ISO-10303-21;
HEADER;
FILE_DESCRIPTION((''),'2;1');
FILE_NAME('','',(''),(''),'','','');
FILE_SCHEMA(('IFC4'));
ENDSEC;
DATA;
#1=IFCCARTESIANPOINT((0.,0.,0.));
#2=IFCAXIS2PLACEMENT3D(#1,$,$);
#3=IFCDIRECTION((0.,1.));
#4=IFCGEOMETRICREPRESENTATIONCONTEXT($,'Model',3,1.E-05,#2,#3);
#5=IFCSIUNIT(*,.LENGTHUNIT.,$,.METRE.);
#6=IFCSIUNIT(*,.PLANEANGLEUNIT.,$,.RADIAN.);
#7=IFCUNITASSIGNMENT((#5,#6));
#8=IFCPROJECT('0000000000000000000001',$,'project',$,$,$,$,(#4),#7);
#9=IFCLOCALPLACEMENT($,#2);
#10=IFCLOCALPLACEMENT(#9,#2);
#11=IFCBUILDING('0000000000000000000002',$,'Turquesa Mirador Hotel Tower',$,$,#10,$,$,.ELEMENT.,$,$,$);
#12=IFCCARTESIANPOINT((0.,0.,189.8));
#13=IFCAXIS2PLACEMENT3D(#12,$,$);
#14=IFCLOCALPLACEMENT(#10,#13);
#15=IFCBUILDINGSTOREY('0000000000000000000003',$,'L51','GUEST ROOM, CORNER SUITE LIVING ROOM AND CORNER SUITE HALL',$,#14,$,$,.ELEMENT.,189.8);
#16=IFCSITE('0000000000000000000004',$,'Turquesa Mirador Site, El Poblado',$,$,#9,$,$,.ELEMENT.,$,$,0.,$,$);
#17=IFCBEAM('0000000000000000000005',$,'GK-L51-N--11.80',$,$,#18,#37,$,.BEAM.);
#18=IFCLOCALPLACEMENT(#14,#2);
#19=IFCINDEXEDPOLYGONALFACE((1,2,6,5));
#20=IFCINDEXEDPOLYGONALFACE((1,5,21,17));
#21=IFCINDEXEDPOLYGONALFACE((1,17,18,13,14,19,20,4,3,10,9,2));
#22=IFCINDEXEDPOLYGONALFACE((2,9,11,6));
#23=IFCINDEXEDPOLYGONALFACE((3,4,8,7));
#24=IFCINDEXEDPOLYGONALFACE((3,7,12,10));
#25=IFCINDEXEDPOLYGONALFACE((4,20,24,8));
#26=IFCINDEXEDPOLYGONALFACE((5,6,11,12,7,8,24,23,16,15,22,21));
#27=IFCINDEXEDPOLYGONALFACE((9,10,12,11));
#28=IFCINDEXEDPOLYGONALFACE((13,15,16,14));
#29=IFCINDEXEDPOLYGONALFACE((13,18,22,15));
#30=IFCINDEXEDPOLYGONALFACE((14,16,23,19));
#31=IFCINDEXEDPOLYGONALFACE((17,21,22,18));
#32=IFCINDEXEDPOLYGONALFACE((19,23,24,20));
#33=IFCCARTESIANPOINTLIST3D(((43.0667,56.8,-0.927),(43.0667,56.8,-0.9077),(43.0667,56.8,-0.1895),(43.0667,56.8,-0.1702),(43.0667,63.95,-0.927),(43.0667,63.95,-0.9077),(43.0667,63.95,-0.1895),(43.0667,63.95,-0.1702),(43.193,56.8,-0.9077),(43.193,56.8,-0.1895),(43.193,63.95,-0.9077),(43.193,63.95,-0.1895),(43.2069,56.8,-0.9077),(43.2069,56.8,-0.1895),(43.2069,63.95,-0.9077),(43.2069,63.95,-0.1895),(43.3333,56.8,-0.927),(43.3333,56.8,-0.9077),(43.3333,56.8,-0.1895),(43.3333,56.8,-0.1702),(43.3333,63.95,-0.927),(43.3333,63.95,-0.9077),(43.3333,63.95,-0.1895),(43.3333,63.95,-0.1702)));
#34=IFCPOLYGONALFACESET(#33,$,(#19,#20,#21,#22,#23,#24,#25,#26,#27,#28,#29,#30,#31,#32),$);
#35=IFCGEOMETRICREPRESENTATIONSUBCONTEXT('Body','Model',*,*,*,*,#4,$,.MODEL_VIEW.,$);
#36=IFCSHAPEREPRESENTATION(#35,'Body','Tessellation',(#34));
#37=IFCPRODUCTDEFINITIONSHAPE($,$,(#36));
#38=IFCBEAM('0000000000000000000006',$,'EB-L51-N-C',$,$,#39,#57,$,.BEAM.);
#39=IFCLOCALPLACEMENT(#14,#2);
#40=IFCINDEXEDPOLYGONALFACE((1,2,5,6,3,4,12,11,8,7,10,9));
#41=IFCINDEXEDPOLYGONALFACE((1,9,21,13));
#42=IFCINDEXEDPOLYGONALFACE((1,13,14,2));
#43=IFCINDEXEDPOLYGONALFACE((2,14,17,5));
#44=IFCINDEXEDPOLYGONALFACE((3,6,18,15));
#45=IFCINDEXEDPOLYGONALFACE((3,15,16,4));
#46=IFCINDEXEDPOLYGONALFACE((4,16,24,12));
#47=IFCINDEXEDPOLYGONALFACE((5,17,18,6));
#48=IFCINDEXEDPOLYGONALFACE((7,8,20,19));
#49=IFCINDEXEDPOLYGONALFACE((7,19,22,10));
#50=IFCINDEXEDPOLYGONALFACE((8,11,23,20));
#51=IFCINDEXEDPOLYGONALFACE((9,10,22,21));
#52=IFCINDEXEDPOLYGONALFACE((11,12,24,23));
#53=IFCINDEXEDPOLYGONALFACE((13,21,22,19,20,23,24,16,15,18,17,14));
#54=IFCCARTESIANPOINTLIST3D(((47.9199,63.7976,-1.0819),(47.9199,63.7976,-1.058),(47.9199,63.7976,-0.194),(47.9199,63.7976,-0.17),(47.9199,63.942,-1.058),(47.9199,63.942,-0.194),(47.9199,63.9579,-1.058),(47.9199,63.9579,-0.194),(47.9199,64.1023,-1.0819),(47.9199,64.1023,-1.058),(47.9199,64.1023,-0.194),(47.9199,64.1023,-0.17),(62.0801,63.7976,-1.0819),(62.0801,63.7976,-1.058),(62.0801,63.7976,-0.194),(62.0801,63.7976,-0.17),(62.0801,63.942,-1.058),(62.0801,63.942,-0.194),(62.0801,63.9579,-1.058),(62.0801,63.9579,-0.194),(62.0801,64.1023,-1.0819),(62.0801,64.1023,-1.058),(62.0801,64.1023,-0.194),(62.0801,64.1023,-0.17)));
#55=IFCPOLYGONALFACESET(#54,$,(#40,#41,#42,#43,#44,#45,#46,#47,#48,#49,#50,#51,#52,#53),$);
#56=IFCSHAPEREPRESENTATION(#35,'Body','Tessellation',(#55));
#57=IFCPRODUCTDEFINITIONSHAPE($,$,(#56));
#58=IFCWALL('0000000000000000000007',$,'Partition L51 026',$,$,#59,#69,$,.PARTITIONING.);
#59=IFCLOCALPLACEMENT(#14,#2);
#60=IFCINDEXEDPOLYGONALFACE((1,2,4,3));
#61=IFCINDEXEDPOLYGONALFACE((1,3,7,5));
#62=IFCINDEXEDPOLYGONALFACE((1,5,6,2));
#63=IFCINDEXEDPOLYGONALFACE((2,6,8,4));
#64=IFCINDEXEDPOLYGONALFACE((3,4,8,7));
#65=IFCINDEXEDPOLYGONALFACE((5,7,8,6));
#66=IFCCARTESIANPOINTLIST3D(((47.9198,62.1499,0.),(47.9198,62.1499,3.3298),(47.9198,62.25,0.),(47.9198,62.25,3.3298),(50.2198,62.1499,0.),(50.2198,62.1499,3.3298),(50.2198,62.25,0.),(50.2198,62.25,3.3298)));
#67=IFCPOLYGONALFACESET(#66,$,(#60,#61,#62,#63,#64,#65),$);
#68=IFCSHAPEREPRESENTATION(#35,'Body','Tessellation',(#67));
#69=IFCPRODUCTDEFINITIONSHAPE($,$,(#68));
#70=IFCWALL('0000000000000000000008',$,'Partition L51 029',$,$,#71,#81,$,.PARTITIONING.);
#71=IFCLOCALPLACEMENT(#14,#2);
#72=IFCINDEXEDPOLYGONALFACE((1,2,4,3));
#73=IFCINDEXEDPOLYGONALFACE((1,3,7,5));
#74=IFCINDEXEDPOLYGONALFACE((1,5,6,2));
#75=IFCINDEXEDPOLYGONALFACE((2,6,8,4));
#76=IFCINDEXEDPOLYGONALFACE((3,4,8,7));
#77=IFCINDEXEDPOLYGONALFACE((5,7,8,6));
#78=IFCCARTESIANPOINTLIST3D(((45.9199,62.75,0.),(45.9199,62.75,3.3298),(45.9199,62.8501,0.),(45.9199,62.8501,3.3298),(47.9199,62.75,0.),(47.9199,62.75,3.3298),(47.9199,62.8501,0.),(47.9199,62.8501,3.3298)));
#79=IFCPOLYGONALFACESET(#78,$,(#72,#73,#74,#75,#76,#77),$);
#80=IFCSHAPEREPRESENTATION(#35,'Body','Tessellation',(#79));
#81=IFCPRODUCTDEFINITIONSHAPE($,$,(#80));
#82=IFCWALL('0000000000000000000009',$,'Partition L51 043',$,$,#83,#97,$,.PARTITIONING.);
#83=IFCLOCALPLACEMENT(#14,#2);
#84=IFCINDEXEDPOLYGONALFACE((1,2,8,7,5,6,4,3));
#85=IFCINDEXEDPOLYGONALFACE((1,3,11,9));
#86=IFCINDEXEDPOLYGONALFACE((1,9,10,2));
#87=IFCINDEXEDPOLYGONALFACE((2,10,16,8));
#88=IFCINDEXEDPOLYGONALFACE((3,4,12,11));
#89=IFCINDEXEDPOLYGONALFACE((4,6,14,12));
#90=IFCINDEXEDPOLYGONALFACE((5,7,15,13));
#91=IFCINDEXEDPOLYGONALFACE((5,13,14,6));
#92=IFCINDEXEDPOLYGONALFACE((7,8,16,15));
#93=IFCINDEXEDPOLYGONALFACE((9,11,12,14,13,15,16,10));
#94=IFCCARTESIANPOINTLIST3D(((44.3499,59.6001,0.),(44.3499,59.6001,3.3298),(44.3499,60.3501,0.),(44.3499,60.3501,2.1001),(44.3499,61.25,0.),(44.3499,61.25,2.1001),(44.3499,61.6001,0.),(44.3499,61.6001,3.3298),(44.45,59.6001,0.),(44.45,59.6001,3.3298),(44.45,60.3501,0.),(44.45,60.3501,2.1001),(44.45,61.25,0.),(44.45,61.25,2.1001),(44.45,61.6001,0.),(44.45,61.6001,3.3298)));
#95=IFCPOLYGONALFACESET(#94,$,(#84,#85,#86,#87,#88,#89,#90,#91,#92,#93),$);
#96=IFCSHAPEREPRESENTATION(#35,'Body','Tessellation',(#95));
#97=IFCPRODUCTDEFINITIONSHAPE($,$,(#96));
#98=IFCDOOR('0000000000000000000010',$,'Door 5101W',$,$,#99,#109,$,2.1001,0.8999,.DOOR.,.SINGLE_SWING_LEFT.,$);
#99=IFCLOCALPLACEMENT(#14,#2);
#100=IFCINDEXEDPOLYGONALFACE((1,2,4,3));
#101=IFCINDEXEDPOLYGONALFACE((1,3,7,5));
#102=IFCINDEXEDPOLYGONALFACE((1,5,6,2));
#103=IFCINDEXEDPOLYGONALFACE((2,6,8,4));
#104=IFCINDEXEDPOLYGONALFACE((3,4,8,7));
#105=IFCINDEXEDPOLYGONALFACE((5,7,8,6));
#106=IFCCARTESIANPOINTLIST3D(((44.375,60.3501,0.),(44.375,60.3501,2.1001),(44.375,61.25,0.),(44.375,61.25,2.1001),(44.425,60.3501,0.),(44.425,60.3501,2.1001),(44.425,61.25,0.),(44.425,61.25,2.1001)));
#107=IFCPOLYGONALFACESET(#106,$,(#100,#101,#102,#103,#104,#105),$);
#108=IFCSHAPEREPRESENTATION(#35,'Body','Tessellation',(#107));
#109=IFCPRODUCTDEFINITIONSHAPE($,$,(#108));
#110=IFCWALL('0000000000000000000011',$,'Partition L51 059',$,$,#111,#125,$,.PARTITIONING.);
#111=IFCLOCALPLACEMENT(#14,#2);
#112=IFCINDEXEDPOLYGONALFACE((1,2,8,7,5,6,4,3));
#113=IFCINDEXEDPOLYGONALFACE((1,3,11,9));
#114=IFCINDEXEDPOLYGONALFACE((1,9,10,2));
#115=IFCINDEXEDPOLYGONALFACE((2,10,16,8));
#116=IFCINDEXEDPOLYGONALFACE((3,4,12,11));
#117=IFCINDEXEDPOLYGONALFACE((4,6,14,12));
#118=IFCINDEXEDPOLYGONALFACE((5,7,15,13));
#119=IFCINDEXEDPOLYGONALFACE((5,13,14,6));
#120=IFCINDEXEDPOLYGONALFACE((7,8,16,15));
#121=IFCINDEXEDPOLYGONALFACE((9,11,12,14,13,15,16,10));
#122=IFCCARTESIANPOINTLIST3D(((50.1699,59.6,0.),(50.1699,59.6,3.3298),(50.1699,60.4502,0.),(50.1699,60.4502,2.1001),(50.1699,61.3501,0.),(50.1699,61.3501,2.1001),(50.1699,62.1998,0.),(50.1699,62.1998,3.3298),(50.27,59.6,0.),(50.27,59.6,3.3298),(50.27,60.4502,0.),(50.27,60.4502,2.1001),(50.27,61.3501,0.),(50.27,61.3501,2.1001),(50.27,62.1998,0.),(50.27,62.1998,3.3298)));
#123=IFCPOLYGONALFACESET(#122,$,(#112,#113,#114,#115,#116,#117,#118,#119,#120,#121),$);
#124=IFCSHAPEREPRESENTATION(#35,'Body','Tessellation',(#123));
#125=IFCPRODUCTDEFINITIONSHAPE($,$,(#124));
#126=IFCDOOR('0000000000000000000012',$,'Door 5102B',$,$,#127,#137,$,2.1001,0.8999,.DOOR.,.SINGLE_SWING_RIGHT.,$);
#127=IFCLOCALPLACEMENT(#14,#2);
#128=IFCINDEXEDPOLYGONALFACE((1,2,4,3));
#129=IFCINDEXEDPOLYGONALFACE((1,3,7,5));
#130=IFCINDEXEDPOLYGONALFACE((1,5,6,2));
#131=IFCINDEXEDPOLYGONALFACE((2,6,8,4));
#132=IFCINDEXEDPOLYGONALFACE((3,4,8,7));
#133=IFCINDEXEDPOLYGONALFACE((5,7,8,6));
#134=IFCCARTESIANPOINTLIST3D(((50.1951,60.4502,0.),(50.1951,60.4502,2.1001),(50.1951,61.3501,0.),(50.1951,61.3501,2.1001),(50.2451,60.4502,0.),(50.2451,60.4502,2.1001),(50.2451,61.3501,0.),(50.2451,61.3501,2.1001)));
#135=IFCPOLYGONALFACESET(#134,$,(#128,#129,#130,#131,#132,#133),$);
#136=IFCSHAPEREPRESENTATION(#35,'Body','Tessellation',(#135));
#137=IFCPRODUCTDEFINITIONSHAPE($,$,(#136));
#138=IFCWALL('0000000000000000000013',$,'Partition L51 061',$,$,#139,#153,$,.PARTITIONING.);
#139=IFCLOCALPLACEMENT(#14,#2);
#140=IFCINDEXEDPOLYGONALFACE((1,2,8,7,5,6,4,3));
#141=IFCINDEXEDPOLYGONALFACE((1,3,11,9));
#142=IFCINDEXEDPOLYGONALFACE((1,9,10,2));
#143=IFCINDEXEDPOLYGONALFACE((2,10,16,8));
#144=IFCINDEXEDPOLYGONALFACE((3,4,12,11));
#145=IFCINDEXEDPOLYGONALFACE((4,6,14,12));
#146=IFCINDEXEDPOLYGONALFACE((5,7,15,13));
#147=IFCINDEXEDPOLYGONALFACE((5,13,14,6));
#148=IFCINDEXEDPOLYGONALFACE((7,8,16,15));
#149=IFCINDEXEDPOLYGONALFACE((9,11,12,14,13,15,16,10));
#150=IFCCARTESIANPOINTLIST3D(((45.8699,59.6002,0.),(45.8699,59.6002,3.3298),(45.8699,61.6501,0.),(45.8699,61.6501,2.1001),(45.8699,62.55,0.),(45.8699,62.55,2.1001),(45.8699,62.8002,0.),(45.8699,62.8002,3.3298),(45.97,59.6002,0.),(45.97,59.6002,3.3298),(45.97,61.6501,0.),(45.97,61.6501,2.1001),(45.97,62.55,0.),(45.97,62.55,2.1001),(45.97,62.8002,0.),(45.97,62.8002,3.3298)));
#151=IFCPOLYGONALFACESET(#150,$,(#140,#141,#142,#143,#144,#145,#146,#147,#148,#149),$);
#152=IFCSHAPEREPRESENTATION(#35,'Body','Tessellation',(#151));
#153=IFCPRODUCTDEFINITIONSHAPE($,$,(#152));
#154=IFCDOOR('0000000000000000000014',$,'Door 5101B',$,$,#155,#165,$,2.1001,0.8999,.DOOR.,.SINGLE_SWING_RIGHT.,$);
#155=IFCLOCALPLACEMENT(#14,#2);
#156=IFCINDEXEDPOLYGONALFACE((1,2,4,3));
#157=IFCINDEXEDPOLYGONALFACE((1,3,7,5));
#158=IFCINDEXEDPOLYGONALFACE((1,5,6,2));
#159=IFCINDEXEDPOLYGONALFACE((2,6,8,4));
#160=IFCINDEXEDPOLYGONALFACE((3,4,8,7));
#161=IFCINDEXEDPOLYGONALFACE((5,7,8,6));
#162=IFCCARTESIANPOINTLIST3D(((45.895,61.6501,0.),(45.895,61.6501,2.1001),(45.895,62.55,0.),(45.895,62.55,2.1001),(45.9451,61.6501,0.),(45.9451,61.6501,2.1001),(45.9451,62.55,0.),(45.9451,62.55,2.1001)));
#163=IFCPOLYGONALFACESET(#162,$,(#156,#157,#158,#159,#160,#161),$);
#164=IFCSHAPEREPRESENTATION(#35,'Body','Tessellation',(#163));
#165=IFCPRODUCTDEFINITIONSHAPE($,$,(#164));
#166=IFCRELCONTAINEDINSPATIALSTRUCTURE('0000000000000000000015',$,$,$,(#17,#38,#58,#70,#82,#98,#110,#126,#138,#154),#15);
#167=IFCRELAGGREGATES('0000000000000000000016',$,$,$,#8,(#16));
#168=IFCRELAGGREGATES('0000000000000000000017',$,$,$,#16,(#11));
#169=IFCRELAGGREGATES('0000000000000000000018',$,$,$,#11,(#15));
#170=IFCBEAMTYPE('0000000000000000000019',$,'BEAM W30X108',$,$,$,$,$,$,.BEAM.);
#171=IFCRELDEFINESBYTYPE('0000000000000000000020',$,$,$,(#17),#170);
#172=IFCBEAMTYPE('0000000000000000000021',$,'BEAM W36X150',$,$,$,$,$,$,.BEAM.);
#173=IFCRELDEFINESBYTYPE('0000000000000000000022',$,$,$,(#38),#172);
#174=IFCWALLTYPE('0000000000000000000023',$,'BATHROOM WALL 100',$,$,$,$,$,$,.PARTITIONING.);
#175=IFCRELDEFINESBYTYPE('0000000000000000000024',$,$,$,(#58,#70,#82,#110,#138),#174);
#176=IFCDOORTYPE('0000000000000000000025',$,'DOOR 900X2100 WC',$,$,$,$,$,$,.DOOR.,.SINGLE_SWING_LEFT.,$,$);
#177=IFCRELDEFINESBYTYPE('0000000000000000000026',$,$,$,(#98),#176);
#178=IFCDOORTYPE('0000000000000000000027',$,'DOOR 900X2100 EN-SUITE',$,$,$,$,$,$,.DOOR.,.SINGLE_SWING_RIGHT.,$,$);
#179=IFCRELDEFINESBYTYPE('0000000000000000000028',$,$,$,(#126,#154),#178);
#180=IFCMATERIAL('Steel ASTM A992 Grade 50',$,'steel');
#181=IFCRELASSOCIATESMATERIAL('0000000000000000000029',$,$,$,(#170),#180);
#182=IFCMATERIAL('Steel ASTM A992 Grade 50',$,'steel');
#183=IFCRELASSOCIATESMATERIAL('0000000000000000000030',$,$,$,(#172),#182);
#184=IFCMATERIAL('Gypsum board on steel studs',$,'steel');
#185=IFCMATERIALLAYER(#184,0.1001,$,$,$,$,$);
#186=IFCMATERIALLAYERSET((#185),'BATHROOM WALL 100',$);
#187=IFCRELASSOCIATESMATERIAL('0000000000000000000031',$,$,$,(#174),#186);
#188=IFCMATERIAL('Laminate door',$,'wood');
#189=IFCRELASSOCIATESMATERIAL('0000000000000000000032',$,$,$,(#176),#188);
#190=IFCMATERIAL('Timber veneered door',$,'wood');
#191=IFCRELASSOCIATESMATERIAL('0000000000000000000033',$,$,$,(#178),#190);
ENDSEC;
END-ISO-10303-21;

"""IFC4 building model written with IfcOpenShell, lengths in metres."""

from ifc_helpers import new_model, si_unit, direction, frame, frame_2d, origin, origin_2d, place, context, subcontext, project, spatial, rectangle, i_section, extrude, material, layer, layer_set, material_profile, profile_set, type_object, element, fill, save


model = new_model("IFC4")

# Units and contexts
model_context = context("Model", 3, precision=1e-05, world=origin(), true_north=direction((0.0, 1.0)))
body_context = subcontext(model_context, "Body", "Model", "MODEL_VIEW")
ifc_project = project(units=[si_unit("LENGTHUNIT", "METRE"), si_unit("PLANEANGLEUNIT", "RADIAN")], contexts=[model_context])

# Site, building, storey
site_placement = place(None, origin())
site = spatial("IfcSite", under=ifc_project, at=site_placement, Name="Turquesa Mirador Site, El Poblado", CompositionType="ELEMENT", RefElevation=0.0)
building_placement = place(site_placement, origin())
building = spatial("IfcBuilding", under=site, at=building_placement, Name="Turquesa Mirador Hotel Tower", CompositionType="ELEMENT")
storey_placement = place(building_placement, frame((0.0, 0.0, 189.8)))
storey = spatial("IfcBuildingStorey", under=building, at=storey_placement, Name="L51", Description="GUEST ROOM, CORNER SUITE LIVING ROOM AND CORNER SUITE HALL", CompositionType="ELEMENT", Elevation=189.8)

# Beams
ifc_material_1 = material(Name="Steel ASTM A992 Grade 50", Category="steel")
ifc_material_profile_1 = material_profile(ifc_material_1, i_section(OverallWidth=0.2666, OverallDepth=0.7568, WebThickness=0.0139, FlangeThickness=0.0193, at=origin_2d()), Name="W30X108")
ifc_profile_set_1 = profile_set([ifc_material_profile_1], Name="Steel ASTM A992 Grade 50")
beam_type_1 = type_object("IfcBeamType", Name="BEAM W30X108", PredefinedType="BEAM", material=ifc_profile_set_1)
beam_1_placement = place(storey_placement, frame((43.2, 63.95, -0.5486), z_axis=(0.0, -1.0, 0.0), x_axis=(1.0, 0.0, 0.0)))
element("IfcBeam", 1, at=beam_1_placement, inside=storey, type_object=beam_type_1, Name="GK-L51-N--11.80", PredefinedType="BEAM", context=body_context, shape_type="SweptSolid", body=[
    extrude(i_section(OverallWidth=0.2666, OverallDepth=0.7568, WebThickness=0.0139, FlangeThickness=0.0193, at=origin_2d()), origin(), (0.0, 0.0, 1.0), 7.1499),
])
ifc_material_2 = material(Name="Steel ASTM A992 Grade 50", Category="steel")
ifc_material_profile_2 = material_profile(ifc_material_2, i_section(OverallWidth=0.3047, OverallDepth=0.9119, WebThickness=0.0159, FlangeThickness=0.0239, at=origin_2d()), Name="W36X150")
ifc_profile_set_2 = profile_set([ifc_material_profile_2], Name="Steel ASTM A992 Grade 50")
beam_type_2 = type_object("IfcBeamType", Name="BEAM W36X150", PredefinedType="BEAM", material=ifc_profile_set_2)
beam_2_placement = place(storey_placement, frame((47.9199, 63.95, -0.626), z_axis=(1.0, 0.0, 0.0), x_axis=(0.0, 1.0, 0.0)))
element("IfcBeam", 2, at=beam_2_placement, inside=storey, type_object=beam_type_2, Name="EB-L51-N-C", PredefinedType="BEAM", context=body_context, shape_type="SweptSolid", body=[
    extrude(i_section(OverallWidth=0.3047, OverallDepth=0.9119, WebThickness=0.0159, FlangeThickness=0.0239, at=origin_2d()), origin(), (0.0, 0.0, 1.0), 14.1602),
])

# Walls
ifc_material_3 = material(Name="Gypsum board on steel studs", Category="steel")
ifc_layer_1 = layer(ifc_material_3, 0.1001)
ifc_layer_set_1 = layer_set([ifc_layer_1], Name="BATHROOM WALL 100")
wall_type_1 = type_object("IfcWallType", Name="BATHROOM WALL 100", PredefinedType="PARTITIONING", material=ifc_layer_set_1)
wall_1_placement = place(storey_placement, frame((47.9199, 62.2, 0.0), z_axis=(0.0, 0.0, 1.0), x_axis=(1.0, 0.0, 0.0)))
element("IfcWall", 3, at=wall_1_placement, inside=storey, type_object=wall_type_1, Name="Partition L51 026", PredefinedType="PARTITIONING", context=body_context, shape_type="SweptSolid", body=[
    extrude(rectangle(XDim=2.3, YDim=0.1001, at=frame_2d((1.1499, 0.0))), origin(), (0.0, 0.0, 1.0), 3.3298),
])
wall_2_placement = place(storey_placement, frame((45.9199, 62.8, 0.0), z_axis=(0.0, 0.0, 1.0), x_axis=(1.0, 0.0, 0.0)))
element("IfcWall", 4, at=wall_2_placement, inside=storey, type_object=wall_type_1, Name="Partition L51 029", PredefinedType="PARTITIONING", context=body_context, shape_type="SweptSolid", body=[
    extrude(rectangle(XDim=2.0, YDim=0.1001, at=frame_2d((1.0, 0.0))), origin(), (0.0, 0.0, 1.0), 3.3298),
])

# Walls, openings, doors
wall_3_placement = place(storey_placement, frame((44.3999, 59.6001, 0.0), z_axis=(0.0, 0.0, 1.0), x_axis=(0.0, 1.0, 0.0)))
wall_3 = element("IfcWall", 5, at=wall_3_placement, inside=storey, type_object=wall_type_1, Name="Partition L51 043", PredefinedType="PARTITIONING", context=body_context, shape_type="SweptSolid", body=[
    extrude(rectangle(XDim=2.0, YDim=0.1001, at=frame_2d((1.0, 0.0))), origin(), (0.0, 0.0, 1.0), 3.3298),
])
opening_1_placement = place(wall_3_placement, frame((0.75, 0.0, 0.0)))
opening_1 = element("IfcOpeningElement", 6, at=opening_1_placement, cuts=wall_3, PredefinedType="OPENING", context=body_context, shape_type="SweptSolid", body=[
    extrude(rectangle(XDim=0.8999, YDim=2.1001, at=frame_2d((0.45, 1.05))), frame((0.0, 0.0601, 0.0), z_axis=(0.0, -1.0, 0.0), x_axis=(1.0, 0.0, 0.0)), (0.0, 0.0, 1.0), 0.1201),
])
ifc_material_4 = material(Name="Laminate door", Category="wood")
door_type_1 = type_object("IfcDoorType", Name="DOOR 900X2100 WC", OperationType="SINGLE_SWING_LEFT", PredefinedType="DOOR", material=ifc_material_4)
door_1_placement = place(opening_1_placement, origin())
door_1 = element("IfcDoor", 7, at=door_1_placement, inside=storey, type_object=door_type_1, Name="Door 5101W", OperationType="SINGLE_SWING_LEFT", OverallHeight=2.1001, OverallWidth=0.8999, PredefinedType="DOOR", context=body_context, shape_type="SweptSolid", body=[
    extrude(rectangle(XDim=0.8999, YDim=2.1001, at=frame_2d((0.45, 1.05))), frame((0.0, 0.0249, 0.0), z_axis=(0.0, -1.0, 0.0), x_axis=(1.0, 0.0, 0.0)), (0.0, 0.0, 1.0), 0.05),
])
fill(opening_1, door_1)
wall_4_placement = place(storey_placement, frame((50.22, 59.6001, 0.0), z_axis=(0.0, 0.0, 1.0), x_axis=(0.0, 1.0, 0.0)))
wall_4 = element("IfcWall", 8, at=wall_4_placement, inside=storey, type_object=wall_type_1, Name="Partition L51 059", PredefinedType="PARTITIONING", context=body_context, shape_type="SweptSolid", body=[
    extrude(rectangle(XDim=2.5999, YDim=0.1001, at=frame_2d((1.2998, 0.0))), origin(), (0.0, 0.0, 1.0), 3.3298),
])
opening_2_placement = place(wall_4_placement, frame((0.8501, 0.0, 0.0)))
opening_2 = element("IfcOpeningElement", 9, at=opening_2_placement, cuts=wall_4, PredefinedType="OPENING", context=body_context, shape_type="SweptSolid", body=[
    extrude(rectangle(XDim=0.8999, YDim=2.1001, at=frame_2d((0.45, 1.05))), frame((0.0, 0.0601, 0.0), z_axis=(0.0, -1.0, 0.0), x_axis=(1.0, 0.0, 0.0)), (0.0, 0.0, 1.0), 0.1201),
])
ifc_material_5 = material(Name="Timber veneered door", Category="wood")
door_type_2 = type_object("IfcDoorType", Name="DOOR 900X2100 EN-SUITE", OperationType="SINGLE_SWING_RIGHT", PredefinedType="DOOR", material=ifc_material_5)
door_2_placement = place(opening_2_placement, origin())
door_2 = element("IfcDoor", 10, at=door_2_placement, inside=storey, type_object=door_type_2, Name="Door 5102B", OperationType="SINGLE_SWING_RIGHT", OverallHeight=2.1001, OverallWidth=0.8999, PredefinedType="DOOR", context=body_context, shape_type="SweptSolid", body=[
    extrude(rectangle(XDim=0.8999, YDim=2.1001, at=frame_2d((0.45, 1.05))), frame((0.0, 0.0249, 0.0), z_axis=(0.0, -1.0, 0.0), x_axis=(1.0, 0.0, 0.0)), (0.0, 0.0, 1.0), 0.05),
])
fill(opening_2, door_2)
wall_5_placement = place(storey_placement, frame((45.9199, 59.6001, 0.0), z_axis=(0.0, 0.0, 1.0), x_axis=(0.0, 1.0, 0.0)))
wall_5 = element("IfcWall", 11, at=wall_5_placement, inside=storey, type_object=wall_type_1, Name="Partition L51 061", PredefinedType="PARTITIONING", context=body_context, shape_type="SweptSolid", body=[
    extrude(rectangle(XDim=3.2, YDim=0.1001, at=frame_2d((1.6001, 0.0))), origin(), (0.0, 0.0, 1.0), 3.3298),
])
opening_3_placement = place(wall_5_placement, frame((2.05, 0.0, 0.0)))
opening_3 = element("IfcOpeningElement", 12, at=opening_3_placement, cuts=wall_5, PredefinedType="OPENING", context=body_context, shape_type="SweptSolid", body=[
    extrude(rectangle(XDim=0.8999, YDim=2.1001, at=frame_2d((0.45, 1.05))), frame((0.0, 0.0601, 0.0), z_axis=(0.0, -1.0, 0.0), x_axis=(1.0, 0.0, 0.0)), (0.0, 0.0, 1.0), 0.1201),
])
door_3_placement = place(opening_3_placement, origin())
door_3 = element("IfcDoor", 13, at=door_3_placement, inside=storey, type_object=door_type_2, Name="Door 5101B", OperationType="SINGLE_SWING_RIGHT", OverallHeight=2.1001, OverallWidth=0.8999, PredefinedType="DOOR", context=body_context, shape_type="SweptSolid", body=[
    extrude(rectangle(XDim=0.8999, YDim=2.1001, at=frame_2d((0.45, 1.05))), frame((0.0, 0.0249, 0.0), z_axis=(0.0, -1.0, 0.0), x_axis=(1.0, 0.0, 0.0)), (0.0, 0.0, 1.0), 0.05),
])
fill(opening_3, door_3)

save(model, "model.ifc")
